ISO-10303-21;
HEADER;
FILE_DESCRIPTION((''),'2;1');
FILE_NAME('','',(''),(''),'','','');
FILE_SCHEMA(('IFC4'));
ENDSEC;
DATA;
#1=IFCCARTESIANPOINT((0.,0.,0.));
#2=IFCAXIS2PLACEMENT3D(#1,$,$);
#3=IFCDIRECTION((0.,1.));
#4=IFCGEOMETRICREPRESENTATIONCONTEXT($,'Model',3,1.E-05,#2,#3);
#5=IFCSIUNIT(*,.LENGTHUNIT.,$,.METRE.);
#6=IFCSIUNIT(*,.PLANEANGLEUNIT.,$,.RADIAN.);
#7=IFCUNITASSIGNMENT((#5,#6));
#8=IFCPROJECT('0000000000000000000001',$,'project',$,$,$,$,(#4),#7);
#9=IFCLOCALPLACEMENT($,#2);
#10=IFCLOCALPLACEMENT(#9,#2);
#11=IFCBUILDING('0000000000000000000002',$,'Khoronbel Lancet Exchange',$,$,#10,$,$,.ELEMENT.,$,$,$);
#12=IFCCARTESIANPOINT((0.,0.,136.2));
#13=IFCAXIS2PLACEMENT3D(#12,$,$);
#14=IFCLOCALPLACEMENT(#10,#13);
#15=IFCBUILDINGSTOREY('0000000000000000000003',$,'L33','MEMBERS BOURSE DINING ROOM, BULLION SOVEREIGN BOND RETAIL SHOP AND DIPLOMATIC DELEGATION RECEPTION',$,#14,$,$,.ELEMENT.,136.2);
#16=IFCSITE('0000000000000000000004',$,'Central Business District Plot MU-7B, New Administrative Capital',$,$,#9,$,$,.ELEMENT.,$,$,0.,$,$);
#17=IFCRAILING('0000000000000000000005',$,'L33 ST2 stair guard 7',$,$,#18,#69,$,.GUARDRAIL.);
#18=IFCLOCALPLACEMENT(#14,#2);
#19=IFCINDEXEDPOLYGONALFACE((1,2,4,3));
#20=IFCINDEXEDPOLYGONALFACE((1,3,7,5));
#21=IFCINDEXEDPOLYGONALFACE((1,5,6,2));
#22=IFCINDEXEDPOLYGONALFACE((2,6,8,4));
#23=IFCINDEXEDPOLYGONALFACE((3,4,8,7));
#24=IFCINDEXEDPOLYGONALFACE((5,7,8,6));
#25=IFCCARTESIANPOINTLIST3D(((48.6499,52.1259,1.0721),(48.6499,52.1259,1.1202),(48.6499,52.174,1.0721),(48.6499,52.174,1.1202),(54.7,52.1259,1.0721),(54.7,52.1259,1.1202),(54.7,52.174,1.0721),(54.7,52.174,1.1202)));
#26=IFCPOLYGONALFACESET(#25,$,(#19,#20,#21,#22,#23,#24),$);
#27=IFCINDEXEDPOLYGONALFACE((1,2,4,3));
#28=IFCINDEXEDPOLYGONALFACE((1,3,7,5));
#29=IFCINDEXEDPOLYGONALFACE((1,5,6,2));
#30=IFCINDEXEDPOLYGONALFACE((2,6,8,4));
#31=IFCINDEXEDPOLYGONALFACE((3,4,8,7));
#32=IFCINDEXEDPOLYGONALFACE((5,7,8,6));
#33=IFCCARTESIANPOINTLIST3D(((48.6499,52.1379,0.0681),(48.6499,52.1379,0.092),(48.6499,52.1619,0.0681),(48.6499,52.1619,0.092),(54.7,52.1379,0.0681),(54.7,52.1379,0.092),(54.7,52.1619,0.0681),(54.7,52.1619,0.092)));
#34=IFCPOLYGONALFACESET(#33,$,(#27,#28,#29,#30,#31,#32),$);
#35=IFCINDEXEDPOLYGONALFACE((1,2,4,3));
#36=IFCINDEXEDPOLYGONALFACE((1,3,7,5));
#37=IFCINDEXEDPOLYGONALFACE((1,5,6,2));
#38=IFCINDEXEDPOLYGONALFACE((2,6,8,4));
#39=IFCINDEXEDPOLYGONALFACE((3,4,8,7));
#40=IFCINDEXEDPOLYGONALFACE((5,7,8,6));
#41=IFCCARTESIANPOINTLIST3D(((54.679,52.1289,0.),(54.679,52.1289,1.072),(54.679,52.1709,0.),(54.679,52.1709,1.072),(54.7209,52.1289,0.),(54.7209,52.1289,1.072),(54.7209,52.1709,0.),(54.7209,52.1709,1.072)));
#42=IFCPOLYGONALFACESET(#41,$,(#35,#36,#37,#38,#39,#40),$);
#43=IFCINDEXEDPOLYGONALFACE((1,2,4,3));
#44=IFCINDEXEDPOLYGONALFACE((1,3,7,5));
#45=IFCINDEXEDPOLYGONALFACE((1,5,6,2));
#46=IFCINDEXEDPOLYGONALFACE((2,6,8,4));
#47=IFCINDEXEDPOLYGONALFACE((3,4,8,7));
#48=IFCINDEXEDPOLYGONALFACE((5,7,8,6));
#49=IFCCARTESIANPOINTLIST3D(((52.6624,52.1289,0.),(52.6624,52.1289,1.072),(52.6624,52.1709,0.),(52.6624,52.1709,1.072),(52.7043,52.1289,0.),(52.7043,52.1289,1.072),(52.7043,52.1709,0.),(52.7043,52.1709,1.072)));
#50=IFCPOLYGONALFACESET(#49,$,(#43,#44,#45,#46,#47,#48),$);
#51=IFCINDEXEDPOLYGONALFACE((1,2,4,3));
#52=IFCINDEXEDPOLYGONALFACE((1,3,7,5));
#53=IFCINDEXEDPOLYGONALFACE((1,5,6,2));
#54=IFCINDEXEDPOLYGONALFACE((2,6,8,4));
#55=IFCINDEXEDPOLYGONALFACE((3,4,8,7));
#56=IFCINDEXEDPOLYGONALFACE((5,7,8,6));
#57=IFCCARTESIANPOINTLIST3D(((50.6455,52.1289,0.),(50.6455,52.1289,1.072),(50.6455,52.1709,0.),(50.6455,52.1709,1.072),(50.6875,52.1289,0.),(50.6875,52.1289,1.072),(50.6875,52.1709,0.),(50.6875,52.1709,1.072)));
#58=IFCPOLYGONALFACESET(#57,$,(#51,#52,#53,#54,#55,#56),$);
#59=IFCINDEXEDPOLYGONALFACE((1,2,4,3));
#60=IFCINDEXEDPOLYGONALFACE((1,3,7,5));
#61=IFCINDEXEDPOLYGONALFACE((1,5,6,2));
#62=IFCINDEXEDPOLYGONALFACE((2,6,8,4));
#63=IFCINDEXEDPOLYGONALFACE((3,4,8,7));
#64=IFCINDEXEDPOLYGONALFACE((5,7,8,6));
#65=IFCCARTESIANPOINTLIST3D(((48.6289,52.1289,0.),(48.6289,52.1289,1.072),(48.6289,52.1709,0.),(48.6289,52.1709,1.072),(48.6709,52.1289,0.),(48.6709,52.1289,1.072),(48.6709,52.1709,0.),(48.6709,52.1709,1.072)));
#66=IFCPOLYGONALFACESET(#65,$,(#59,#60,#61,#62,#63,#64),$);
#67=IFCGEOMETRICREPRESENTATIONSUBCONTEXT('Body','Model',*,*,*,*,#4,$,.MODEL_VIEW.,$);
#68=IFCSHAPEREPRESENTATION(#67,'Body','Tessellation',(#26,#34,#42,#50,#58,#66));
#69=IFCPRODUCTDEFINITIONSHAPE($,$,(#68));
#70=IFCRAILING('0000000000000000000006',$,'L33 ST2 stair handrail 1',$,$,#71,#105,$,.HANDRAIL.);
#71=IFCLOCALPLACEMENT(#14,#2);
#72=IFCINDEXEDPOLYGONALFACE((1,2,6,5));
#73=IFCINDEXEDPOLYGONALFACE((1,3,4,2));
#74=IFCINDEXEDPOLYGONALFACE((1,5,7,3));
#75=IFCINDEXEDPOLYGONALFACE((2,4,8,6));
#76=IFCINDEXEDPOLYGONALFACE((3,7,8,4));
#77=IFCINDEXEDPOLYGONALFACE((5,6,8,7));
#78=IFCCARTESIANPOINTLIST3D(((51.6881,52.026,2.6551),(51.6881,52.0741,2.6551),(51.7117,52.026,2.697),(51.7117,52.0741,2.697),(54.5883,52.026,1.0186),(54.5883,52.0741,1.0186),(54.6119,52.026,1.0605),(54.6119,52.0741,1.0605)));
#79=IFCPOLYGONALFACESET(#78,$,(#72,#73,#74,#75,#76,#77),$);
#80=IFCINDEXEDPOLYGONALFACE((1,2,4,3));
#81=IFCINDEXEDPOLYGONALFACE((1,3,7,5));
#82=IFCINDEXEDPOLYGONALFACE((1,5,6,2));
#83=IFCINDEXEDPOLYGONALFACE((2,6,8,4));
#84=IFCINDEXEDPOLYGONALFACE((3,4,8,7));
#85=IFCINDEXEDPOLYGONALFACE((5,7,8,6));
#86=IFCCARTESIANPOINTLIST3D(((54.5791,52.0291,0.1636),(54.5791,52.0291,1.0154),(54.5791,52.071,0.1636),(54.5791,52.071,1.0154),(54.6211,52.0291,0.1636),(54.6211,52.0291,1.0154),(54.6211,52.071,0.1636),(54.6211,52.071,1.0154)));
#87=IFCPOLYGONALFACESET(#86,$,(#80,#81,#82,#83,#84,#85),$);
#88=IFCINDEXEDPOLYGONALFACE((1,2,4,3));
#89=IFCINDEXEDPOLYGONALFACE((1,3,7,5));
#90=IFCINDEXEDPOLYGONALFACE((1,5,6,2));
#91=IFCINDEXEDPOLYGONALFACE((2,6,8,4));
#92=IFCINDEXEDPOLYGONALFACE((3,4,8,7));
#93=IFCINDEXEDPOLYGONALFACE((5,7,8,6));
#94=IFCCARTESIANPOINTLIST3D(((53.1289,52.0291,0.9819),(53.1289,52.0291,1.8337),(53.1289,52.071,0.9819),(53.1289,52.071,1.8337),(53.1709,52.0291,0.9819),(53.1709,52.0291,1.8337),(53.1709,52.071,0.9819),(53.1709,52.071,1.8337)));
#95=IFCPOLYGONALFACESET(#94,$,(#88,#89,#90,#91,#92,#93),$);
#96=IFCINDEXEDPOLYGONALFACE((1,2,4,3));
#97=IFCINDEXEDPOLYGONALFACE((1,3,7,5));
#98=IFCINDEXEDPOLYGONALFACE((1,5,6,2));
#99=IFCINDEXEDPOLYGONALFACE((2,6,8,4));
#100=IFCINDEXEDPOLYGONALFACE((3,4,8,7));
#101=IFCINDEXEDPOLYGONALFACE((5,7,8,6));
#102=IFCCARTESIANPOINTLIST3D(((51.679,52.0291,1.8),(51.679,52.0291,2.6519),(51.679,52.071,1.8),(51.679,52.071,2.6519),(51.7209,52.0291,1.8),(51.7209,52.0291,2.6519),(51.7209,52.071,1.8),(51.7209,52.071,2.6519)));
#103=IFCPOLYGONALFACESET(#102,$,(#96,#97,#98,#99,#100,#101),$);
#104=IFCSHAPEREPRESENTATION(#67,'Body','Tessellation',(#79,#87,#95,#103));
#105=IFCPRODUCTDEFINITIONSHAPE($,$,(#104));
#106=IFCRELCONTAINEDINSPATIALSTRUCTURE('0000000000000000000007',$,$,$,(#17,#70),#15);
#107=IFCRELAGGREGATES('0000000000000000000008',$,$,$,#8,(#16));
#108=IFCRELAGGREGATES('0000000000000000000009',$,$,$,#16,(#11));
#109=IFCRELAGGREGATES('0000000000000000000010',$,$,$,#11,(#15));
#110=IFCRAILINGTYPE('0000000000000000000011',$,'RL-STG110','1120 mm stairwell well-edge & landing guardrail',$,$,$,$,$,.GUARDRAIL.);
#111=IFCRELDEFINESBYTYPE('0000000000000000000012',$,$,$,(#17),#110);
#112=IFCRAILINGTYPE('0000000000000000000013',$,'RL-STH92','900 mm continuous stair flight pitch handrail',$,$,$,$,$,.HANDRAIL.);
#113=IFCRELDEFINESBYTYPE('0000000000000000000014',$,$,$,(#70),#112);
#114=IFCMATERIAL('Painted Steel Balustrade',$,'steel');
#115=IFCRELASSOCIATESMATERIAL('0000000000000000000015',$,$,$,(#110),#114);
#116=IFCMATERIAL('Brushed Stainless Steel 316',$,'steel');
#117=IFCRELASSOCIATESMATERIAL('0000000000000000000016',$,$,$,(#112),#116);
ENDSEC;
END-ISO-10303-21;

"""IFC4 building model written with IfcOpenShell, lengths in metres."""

from ifc_helpers import new_model, si_unit, direction, frame, origin, origin_2d, place, context, subcontext, project, spatial, rectangle, extrude, material, type_object, element, save


model = new_model("IFC4")

# Units and contexts
model_context = context("Model", 3, precision=1e-05, world=origin(), true_north=direction((0.0, 1.0)))
body_context = subcontext(model_context, "Body", "Model", "MODEL_VIEW")
ifc_project = project(units=[si_unit("LENGTHUNIT", "METRE"), si_unit("PLANEANGLEUNIT", "RADIAN")], contexts=[model_context])

# Site, building, storey
site_placement = place(None, origin())
site = spatial("IfcSite", under=ifc_project, at=site_placement, Name="Central Business District Plot MU-7B, New Administrative Capital", CompositionType="ELEMENT", RefElevation=0.0)
building_placement = place(site_placement, origin())
building = spatial("IfcBuilding", under=site, at=building_placement, Name="Khoronbel Lancet Exchange", CompositionType="ELEMENT")
storey_placement = place(building_placement, frame((0.0, 0.0, 136.2)))
storey = spatial("IfcBuildingStorey", under=building, at=storey_placement, Name="L33", Description="MEMBERS BOURSE DINING ROOM, BULLION SOVEREIGN BOND RETAIL SHOP AND DIPLOMATIC DELEGATION RECEPTION", CompositionType="ELEMENT", Elevation=136.2)

# Railings
ifc_material_1 = material(Name="Painted Steel Balustrade", Category="steel")
railing_type_1 = type_object("IfcRailingType", Name="RL-STG110", Description="1120 mm stairwell well-edge & landing guardrail", PredefinedType="GUARDRAIL", material=ifc_material_1)
railing_1_placement = place(storey_placement, frame((54.7, 52.1499, 0.0)))
element("IfcRailing", 1, at=railing_1_placement, inside=storey, type_object=railing_type_1, Name="L33 ST2 stair guard 7", PredefinedType="GUARDRAIL", context=body_context, shape_type="SweptSolid", body=[
    extrude(rectangle(XDim=0.0481, YDim=0.0481, at=origin_2d()), frame((0.0, 0.0, 1.0962), z_axis=(-1.0, 0.0, 0.0), x_axis=(0.0, -1.0, 0.0)), (0.0, 0.0, 1.0), 6.05),
    extrude(rectangle(XDim=0.0239, YDim=0.0239, at=origin_2d()), frame((0.0, 0.0, 0.0801), z_axis=(-1.0, 0.0, 0.0), x_axis=(0.0, -1.0, 0.0)), (0.0, 0.0, 1.0), 6.05),
    extrude(rectangle(XDim=0.042, YDim=0.042, at=origin_2d()), origin(), (0.0, 0.0, 1.0), 1.072),
    extrude(rectangle(XDim=0.042, YDim=0.042, at=origin_2d()), frame((-2.0166, 0.0, 0.0)), (0.0, 0.0, 1.0), 1.072),
    extrude(rectangle(XDim=0.042, YDim=0.042, at=origin_2d()), frame((-4.0334, 0.0, 0.0)), (0.0, 0.0, 1.0), 1.072),
    extrude(rectangle(XDim=0.042, YDim=0.042, at=origin_2d()), frame((-6.05, 0.0, 0.0)), (0.0, 0.0, 1.0), 1.072),
])
ifc_material_2 = material(Name="Brushed Stainless Steel 316", Category="steel")
railing_type_2 = type_object("IfcRailingType", Name="RL-STH92", Description="900 mm continuous stair flight pitch handrail", PredefinedType="HANDRAIL", material=ifc_material_2)
railing_2_placement = place(storey_placement, frame((54.6001, 52.05, 0.1636)))
element("IfcRailing", 2, at=railing_2_placement, inside=storey, type_object=railing_type_2, Name="L33 ST2 stair handrail 1", PredefinedType="HANDRAIL", context=body_context, shape_type="SweptSolid", body=[
    extrude(rectangle(XDim=0.0481, YDim=0.0481, at=origin_2d()), frame((0.0, 0.0, 0.876), z_axis=(-0.870915, 0.0, 0.491434), x_axis=(0.0, -1.0, 0.0)), (0.0, 0.0, 1.0), 3.3301),
    extrude(rectangle(XDim=0.042, YDim=0.042, at=origin_2d()), origin(), (0.0, 0.0, 1.0), 0.8518),
    extrude(rectangle(XDim=0.042, YDim=0.042, at=origin_2d()), frame((-1.4502, 0.0, 0.8184)), (0.0, 0.0, 1.0), 0.8518),
    extrude(rectangle(XDim=0.042, YDim=0.042, at=origin_2d()), frame((-2.9001, 0.0, 1.6365)), (0.0, 0.0, 1.0), 0.8518),
])

save(model, "model.ifc")
